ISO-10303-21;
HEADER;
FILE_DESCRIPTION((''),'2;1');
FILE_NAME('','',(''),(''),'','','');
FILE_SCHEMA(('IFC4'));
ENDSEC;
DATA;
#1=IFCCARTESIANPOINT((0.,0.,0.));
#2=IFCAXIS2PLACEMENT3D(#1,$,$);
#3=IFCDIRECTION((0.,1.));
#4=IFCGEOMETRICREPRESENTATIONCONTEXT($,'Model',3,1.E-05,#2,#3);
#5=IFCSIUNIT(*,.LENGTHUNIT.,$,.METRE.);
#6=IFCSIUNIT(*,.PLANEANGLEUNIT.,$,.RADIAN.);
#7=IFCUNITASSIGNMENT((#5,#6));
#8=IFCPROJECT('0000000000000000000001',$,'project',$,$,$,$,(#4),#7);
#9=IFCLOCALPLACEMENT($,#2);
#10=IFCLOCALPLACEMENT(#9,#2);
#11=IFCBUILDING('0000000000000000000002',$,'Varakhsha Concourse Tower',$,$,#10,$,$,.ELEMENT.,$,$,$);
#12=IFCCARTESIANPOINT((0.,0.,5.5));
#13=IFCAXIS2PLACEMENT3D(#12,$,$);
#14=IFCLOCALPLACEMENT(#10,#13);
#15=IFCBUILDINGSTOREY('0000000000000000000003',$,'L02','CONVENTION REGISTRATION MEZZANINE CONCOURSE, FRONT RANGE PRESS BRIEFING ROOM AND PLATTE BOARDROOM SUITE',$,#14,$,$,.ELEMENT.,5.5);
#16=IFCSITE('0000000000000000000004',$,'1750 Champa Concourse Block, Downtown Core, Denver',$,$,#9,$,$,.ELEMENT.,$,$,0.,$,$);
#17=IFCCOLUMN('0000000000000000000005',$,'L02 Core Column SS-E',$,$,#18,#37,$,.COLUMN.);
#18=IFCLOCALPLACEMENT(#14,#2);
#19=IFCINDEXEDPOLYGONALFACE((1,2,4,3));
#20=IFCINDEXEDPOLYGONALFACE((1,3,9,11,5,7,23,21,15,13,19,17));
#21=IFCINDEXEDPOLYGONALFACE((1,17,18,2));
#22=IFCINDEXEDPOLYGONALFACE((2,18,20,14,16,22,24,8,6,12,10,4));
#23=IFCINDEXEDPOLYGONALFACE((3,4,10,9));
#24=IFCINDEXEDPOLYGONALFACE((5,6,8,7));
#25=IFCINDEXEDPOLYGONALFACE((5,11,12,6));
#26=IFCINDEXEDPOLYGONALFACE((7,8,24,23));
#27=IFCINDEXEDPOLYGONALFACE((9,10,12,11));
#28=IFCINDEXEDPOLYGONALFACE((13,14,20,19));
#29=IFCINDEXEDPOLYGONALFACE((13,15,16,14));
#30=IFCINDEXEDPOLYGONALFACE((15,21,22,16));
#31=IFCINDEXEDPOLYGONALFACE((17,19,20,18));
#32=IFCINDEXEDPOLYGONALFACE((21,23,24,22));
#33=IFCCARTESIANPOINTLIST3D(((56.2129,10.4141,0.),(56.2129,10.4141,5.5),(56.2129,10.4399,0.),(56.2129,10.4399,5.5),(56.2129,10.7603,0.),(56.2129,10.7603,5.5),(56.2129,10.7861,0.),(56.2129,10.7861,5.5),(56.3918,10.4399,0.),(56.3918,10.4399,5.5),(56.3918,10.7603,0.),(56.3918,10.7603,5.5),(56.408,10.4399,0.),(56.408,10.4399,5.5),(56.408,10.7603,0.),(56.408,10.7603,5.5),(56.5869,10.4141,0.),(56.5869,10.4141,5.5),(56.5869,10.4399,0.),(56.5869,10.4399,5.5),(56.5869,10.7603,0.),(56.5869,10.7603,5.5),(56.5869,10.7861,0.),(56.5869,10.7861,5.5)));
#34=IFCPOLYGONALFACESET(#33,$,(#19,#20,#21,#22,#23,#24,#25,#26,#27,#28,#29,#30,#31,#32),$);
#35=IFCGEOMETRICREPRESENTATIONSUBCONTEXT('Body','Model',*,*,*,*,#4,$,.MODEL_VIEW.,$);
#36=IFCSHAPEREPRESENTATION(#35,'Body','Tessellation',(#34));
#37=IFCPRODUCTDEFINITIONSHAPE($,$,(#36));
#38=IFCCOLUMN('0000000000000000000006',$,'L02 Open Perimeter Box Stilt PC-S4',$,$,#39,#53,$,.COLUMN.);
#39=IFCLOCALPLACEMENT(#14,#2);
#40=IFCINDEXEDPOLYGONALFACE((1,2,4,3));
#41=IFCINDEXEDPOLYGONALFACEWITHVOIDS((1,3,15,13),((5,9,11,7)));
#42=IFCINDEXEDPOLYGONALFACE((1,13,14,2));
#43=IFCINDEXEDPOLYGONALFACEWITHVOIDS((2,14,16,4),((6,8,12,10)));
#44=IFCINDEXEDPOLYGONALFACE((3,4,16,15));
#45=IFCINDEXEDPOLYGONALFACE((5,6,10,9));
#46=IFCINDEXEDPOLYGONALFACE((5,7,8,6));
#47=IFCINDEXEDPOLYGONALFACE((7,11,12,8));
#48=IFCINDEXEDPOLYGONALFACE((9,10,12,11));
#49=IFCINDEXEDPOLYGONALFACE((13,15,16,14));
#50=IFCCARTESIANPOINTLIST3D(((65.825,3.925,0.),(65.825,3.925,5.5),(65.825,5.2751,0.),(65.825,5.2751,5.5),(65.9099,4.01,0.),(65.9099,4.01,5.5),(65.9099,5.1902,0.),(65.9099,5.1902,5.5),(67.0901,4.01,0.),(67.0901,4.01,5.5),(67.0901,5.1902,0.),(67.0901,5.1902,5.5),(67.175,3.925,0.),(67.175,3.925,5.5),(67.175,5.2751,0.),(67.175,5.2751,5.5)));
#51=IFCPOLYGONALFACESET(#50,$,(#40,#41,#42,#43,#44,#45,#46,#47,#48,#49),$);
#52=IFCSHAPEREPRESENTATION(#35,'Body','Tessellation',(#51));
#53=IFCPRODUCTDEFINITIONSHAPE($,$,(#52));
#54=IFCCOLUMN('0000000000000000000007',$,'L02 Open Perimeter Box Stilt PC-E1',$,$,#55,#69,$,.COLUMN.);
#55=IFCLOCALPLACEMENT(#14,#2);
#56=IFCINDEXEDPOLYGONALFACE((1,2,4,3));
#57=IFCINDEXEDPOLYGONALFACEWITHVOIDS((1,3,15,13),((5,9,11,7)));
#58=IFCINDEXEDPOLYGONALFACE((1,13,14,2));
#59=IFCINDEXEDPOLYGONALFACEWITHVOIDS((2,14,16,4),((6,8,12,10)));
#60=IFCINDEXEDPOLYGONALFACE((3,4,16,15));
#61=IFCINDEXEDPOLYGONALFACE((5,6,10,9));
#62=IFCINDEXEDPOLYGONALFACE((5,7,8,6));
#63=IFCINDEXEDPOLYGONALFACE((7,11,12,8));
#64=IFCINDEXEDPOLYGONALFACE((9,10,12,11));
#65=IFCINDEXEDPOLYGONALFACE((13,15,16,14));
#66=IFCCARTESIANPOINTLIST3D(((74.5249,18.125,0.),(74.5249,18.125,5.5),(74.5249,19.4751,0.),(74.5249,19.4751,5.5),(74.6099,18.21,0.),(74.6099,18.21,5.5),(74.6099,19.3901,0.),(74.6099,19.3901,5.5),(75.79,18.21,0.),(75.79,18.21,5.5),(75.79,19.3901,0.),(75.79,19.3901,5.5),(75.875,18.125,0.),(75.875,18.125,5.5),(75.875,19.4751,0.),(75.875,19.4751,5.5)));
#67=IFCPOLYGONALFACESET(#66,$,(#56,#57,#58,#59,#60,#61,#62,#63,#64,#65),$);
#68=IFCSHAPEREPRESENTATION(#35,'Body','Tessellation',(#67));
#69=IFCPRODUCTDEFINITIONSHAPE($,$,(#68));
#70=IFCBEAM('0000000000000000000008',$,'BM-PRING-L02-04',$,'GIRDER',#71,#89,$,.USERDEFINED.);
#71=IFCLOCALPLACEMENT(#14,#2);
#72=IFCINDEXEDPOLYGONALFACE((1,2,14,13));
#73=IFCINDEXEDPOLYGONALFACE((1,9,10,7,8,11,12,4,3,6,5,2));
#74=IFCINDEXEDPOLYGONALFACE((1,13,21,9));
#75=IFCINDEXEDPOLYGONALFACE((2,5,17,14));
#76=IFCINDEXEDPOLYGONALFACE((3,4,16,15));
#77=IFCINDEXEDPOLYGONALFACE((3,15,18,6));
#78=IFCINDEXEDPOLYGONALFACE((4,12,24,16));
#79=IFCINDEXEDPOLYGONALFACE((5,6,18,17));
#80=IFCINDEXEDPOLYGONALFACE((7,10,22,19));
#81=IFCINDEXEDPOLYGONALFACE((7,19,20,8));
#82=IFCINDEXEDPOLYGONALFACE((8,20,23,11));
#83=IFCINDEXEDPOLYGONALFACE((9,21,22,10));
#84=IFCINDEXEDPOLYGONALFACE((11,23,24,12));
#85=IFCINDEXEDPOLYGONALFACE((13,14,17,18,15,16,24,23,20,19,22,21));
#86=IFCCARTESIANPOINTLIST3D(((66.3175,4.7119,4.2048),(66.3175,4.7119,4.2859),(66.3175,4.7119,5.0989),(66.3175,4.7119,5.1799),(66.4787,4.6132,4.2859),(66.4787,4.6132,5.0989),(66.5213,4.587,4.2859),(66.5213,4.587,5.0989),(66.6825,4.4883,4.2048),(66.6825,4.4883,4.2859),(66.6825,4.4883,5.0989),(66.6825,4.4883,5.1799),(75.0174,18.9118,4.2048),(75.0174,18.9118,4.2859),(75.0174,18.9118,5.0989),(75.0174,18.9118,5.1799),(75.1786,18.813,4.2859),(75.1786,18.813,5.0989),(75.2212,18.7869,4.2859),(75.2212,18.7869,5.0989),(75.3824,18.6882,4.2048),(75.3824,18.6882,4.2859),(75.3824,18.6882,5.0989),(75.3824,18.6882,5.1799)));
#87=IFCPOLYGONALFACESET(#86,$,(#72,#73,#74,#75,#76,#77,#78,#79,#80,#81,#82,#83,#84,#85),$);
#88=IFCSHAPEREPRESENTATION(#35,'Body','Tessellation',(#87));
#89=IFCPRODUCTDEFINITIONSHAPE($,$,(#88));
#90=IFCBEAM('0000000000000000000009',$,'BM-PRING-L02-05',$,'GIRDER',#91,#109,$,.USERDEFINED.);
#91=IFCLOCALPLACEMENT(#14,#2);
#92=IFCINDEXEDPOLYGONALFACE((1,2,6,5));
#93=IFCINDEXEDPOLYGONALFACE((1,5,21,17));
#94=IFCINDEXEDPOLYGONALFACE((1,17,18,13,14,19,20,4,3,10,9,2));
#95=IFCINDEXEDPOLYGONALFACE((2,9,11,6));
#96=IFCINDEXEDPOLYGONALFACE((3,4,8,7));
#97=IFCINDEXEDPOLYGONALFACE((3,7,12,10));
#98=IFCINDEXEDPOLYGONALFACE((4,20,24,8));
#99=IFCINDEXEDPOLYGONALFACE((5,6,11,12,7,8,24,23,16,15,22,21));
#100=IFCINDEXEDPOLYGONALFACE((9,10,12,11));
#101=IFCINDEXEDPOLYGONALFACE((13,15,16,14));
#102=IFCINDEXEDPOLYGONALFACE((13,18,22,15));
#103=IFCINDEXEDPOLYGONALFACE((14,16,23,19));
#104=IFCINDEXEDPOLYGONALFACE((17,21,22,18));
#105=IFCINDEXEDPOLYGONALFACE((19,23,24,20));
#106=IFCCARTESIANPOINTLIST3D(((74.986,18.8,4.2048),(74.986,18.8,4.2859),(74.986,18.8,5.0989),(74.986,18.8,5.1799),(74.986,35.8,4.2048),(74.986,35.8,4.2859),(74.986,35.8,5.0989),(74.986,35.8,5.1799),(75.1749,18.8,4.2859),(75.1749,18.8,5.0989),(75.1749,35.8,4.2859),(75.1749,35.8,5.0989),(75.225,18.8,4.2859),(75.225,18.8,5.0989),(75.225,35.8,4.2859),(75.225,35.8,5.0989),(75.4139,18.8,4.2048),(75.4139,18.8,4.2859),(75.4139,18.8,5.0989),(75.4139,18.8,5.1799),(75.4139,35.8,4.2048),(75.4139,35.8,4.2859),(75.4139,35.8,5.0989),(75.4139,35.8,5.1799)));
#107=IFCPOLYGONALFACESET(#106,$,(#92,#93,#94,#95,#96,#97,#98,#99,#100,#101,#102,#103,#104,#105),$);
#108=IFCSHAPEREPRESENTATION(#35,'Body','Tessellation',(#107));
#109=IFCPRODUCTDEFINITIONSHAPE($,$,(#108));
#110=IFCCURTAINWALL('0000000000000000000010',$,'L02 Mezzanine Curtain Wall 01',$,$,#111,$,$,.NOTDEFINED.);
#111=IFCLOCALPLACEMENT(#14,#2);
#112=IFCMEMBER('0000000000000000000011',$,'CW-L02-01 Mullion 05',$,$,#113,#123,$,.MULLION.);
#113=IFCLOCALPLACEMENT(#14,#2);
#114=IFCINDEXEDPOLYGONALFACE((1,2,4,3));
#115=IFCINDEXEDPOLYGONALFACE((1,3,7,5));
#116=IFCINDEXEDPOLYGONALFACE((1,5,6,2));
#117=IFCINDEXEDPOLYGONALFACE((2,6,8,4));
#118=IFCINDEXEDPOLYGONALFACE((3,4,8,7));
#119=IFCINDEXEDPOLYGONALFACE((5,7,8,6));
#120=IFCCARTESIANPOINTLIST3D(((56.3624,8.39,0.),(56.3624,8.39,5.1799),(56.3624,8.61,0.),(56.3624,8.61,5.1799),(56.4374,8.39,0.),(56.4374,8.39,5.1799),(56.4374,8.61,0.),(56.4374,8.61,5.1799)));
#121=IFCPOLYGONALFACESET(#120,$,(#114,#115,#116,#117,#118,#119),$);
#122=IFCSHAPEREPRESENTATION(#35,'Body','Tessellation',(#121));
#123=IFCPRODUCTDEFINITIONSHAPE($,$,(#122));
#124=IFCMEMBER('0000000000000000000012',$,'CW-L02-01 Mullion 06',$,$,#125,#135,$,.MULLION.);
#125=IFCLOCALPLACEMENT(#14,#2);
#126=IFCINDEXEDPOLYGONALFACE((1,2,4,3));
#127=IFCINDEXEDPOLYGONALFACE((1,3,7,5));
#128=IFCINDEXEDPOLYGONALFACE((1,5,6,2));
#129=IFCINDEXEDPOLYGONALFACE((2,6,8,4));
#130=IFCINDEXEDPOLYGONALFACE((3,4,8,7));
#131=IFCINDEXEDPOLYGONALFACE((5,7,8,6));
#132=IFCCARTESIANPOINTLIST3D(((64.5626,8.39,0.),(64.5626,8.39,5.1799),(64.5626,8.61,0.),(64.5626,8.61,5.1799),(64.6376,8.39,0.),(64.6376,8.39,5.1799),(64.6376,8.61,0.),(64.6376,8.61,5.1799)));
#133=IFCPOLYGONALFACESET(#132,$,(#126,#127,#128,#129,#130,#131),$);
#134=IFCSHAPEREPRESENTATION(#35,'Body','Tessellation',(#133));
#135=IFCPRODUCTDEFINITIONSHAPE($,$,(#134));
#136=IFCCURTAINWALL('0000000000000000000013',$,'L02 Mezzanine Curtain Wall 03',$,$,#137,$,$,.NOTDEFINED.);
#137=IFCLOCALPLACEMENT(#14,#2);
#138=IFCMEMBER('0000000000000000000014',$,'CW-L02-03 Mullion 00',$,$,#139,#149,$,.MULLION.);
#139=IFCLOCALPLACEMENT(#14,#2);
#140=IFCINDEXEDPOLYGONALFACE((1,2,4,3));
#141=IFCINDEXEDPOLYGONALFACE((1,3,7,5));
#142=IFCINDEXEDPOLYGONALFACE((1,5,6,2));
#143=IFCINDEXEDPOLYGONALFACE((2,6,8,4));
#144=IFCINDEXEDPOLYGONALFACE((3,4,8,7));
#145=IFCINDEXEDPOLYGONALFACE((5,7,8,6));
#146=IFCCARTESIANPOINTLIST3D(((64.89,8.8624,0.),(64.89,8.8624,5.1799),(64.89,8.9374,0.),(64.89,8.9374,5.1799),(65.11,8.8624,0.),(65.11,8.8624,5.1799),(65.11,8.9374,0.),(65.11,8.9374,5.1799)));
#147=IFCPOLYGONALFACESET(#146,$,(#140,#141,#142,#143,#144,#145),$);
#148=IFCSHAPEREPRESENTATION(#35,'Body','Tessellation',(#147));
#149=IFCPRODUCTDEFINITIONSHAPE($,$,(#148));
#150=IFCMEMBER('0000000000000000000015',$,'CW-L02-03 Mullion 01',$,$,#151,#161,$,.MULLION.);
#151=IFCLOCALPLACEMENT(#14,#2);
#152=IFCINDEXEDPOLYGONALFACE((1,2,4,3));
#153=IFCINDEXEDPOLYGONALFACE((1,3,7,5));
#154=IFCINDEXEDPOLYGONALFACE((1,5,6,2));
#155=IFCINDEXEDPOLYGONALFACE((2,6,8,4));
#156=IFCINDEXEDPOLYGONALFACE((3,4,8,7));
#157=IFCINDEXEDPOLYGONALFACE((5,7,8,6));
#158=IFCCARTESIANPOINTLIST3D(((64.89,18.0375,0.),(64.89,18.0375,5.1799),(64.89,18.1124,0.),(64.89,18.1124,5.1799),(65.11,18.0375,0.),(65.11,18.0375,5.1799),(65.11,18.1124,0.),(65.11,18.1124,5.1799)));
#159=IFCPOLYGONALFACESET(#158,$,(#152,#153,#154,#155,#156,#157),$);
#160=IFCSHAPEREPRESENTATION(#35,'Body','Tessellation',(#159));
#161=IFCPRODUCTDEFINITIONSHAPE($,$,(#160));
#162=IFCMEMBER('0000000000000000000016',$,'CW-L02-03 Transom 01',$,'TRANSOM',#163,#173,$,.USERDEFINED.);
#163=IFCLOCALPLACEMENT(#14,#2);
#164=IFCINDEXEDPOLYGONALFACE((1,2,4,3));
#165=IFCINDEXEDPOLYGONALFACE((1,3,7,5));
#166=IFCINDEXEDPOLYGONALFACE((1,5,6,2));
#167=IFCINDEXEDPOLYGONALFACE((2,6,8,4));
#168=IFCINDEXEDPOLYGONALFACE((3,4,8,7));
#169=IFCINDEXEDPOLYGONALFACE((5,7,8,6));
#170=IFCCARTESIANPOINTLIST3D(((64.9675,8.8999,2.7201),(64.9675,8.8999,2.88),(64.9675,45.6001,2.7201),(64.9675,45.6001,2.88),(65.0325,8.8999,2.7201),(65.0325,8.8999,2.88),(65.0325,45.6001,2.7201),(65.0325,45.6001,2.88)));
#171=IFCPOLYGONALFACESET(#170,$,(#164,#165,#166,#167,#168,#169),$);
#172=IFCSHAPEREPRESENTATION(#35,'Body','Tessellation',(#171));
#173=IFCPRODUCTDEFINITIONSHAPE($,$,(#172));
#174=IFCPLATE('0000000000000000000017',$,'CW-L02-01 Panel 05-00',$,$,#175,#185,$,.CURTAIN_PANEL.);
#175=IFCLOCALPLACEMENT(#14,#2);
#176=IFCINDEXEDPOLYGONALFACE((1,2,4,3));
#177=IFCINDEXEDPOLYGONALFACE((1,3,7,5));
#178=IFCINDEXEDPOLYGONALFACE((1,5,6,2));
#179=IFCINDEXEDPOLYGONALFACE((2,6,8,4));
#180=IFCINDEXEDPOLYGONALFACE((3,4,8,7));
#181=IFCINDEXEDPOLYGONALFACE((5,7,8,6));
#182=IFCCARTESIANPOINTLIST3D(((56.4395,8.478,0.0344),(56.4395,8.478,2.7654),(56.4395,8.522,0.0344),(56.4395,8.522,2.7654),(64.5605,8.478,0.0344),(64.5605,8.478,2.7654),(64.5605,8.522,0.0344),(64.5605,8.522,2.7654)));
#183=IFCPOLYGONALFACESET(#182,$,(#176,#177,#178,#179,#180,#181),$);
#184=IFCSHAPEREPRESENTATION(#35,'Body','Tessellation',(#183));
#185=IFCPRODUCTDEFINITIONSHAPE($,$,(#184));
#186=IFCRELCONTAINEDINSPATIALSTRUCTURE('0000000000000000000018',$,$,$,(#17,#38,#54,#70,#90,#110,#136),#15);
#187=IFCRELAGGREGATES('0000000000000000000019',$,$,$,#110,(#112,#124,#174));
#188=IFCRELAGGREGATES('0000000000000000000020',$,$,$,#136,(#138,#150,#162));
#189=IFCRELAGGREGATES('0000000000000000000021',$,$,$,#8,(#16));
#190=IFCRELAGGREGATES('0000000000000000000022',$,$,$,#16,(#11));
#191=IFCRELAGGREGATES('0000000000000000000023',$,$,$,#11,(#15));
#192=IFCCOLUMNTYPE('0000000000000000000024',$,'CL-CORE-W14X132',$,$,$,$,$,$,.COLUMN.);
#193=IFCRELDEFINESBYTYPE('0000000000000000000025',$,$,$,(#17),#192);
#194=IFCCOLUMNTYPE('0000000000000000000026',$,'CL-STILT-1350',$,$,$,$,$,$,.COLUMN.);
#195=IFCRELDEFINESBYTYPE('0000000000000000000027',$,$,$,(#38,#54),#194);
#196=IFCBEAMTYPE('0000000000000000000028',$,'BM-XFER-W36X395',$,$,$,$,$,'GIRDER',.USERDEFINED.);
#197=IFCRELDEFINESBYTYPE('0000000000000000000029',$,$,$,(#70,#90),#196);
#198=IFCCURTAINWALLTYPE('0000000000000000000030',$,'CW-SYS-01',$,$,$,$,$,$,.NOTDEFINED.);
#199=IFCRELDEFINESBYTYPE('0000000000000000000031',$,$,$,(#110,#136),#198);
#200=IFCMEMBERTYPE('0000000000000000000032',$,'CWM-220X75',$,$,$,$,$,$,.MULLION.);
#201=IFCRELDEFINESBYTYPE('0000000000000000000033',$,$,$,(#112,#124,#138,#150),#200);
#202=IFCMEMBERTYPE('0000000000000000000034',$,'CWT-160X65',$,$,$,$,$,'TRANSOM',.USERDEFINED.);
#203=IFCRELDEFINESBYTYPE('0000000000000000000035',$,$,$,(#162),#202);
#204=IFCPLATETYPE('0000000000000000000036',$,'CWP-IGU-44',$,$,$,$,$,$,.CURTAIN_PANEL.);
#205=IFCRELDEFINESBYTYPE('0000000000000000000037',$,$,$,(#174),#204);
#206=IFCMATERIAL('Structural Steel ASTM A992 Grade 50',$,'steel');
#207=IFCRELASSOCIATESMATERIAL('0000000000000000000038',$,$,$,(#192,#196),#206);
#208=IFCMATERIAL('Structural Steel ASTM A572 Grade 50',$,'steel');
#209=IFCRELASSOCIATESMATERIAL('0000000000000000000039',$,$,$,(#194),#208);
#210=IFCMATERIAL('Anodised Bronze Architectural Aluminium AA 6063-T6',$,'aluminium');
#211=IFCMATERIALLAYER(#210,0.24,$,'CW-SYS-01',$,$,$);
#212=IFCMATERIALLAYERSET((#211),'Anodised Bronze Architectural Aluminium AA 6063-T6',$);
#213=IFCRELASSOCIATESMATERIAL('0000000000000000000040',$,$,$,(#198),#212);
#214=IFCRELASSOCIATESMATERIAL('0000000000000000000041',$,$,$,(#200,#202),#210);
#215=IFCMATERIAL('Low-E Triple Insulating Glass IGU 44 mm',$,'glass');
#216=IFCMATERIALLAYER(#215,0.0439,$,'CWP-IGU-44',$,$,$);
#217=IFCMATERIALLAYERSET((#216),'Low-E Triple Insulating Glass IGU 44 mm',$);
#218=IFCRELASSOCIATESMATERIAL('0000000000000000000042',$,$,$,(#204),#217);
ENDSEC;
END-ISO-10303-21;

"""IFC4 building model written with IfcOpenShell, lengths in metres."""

from ifc_helpers import new_model, si_unit, direction, frame, origin, origin_2d, place, context, subcontext, project, spatial, rectangle, hollow_rectangle, i_section, extrude, source, transform, mapped, material, layer, layer_set, material_profile, profile_set, type_object, type_shapes, element, aggregate, save


model = new_model("IFC4")

# Units and contexts
model_context = context("Model", 3, precision=1e-05, world=origin(), true_north=direction((0.0, 1.0)))
body_context = subcontext(model_context, "Body", "Model", "MODEL_VIEW")
ifc_project = project(units=[si_unit("LENGTHUNIT", "METRE"), si_unit("PLANEANGLEUNIT", "RADIAN")], contexts=[model_context])

# Site, building, storey
site_placement = place(None, origin())
site = spatial("IfcSite", under=ifc_project, at=site_placement, Name="1750 Champa Concourse Block, Downtown Core, Denver", CompositionType="ELEMENT", RefElevation=0.0)
building_placement = place(site_placement, origin())
building = spatial("IfcBuilding", under=site, at=building_placement, Name="Varakhsha Concourse Tower", CompositionType="ELEMENT")
storey_placement = place(building_placement, frame((0.0, 0.0, 5.5)))
storey = spatial("IfcBuildingStorey", under=building, at=storey_placement, Name="L02", Description="CONVENTION REGISTRATION MEZZANINE CONCOURSE, FRONT RANGE PRESS BRIEFING ROOM AND PLATTE BOARDROOM SUITE", CompositionType="ELEMENT", Elevation=5.5)

# Columns
ifc_material_1 = material(Name="Structural Steel ASTM A992 Grade 50", Category="steel")
ifc_material_profile_1 = material_profile(ifc_material_1, i_section(OverallWidth=0.374, OverallDepth=0.3721, WebThickness=0.0161, FlangeThickness=0.0259, at=origin_2d()), Name="W14X132")
ifc_profile_set_1 = profile_set([ifc_material_profile_1], Name="Structural Steel ASTM A992 Grade 50")
column_type_1 = type_object("IfcColumnType", Name="CL-CORE-W14X132", PredefinedType="COLUMN", material=ifc_profile_set_1)
column_placement = place(storey_placement, frame((56.3999, 10.6001, 0.0), z_axis=(0.0, 0.0, 1.0), x_axis=(1.0, 0.0, 0.0)))
element("IfcColumn", 1, at=column_placement, inside=storey, type_object=column_type_1, Name="L02 Core Column SS-E", PredefinedType="COLUMN", context=body_context, shape_type="SweptSolid", body=[
    extrude(i_section(OverallWidth=0.374, OverallDepth=0.3721, WebThickness=0.0161, FlangeThickness=0.0259, at=origin_2d()), origin(), (0.0, 0.0, 1.0), 5.5),
])
ifc_material_2 = material(Name="Structural Steel ASTM A572 Grade 50", Category="steel")
ifc_material_profile_2 = material_profile(ifc_material_2, hollow_rectangle(XDim=1.3501, YDim=1.3501, WallThickness=0.085, at=origin_2d()), Name="BOX 1350x1350x85")
ifc_profile_set_2 = profile_set([ifc_material_profile_2], Name="Structural Steel ASTM A572 Grade 50")
column_type_2 = type_object("IfcColumnType", Name="CL-STILT-1350", PredefinedType="COLUMN", material=ifc_profile_set_2)
for number, where, z_axis, x_axis, name in (
    (2, (66.5, 4.6001, 0.0), (0.0, 0.0, 1.0), (1.0, 0.0, 0.0), "L02 Open Perimeter Box Stilt PC-S4"),
    (3, (75.2, 18.8, 0.0), (0.0, 0.0, 1.0), (1.0, 0.0, 0.0), "L02 Open Perimeter Box Stilt PC-E1"),
):
    element("IfcColumn", number, at=place(storey_placement, frame(where, z_axis=z_axis, x_axis=x_axis)), inside=storey, type_object=column_type_2, Name=name, PredefinedType="COLUMN", context=body_context, shape_type="SweptSolid", body=[
        extrude(hollow_rectangle(XDim=1.3501, YDim=1.3501, WallThickness=0.085, at=origin_2d()), origin(), (0.0, 0.0, 1.0), 5.5),
    ])

# Beams
ifc_material_profile_3 = material_profile(ifc_material_1, i_section(OverallWidth=0.428, OverallDepth=0.9751, WebThickness=0.05, FlangeThickness=0.0811, at=origin_2d()), Name="W36X395")
ifc_profile_set_3 = profile_set([ifc_material_profile_3], Name="Structural Steel ASTM A992 Grade 50")
beam_type = type_object("IfcBeamType", Name="BM-XFER-W36X395", ElementType="GIRDER", PredefinedType="USERDEFINED", material=ifc_profile_set_3)
beam_1_placement = place(storey_placement, frame((66.5, 4.6001, 4.6924), z_axis=(0.52242, 0.852688, 0.0), x_axis=(-0.852688, 0.52242, 0.0)))
element("IfcBeam", 4, at=beam_1_placement, inside=storey, type_object=beam_type, Name="BM-PRING-L02-04", ObjectType="GIRDER", PredefinedType="USERDEFINED", context=body_context, shape_type="SweptSolid", body=[
    extrude(i_section(OverallWidth=0.428, OverallDepth=0.9751, WebThickness=0.05, FlangeThickness=0.0811, at=origin_2d()), origin(), (0.0, 0.0, 1.0), 16.6531),
])
beam_2_placement = place(storey_placement, frame((75.2, 18.8, 4.6924), z_axis=(0.0, 1.0, 0.0), x_axis=(-1.0, 0.0, 0.0)))
element("IfcBeam", 5, at=beam_2_placement, inside=storey, type_object=beam_type, Name="BM-PRING-L02-05", ObjectType="GIRDER", PredefinedType="USERDEFINED", context=body_context, shape_type="SweptSolid", body=[
    extrude(i_section(OverallWidth=0.428, OverallDepth=0.9751, WebThickness=0.05, FlangeThickness=0.0811, at=origin_2d()), origin(), (0.0, 0.0, 1.0), 17.0),
])

# Curtain walls, members
ifc_material_3 = material(Name="Anodised Bronze Architectural Aluminium AA 6063-T6", Category="aluminium")
ifc_layer_1 = layer(ifc_material_3, 0.24, Name="CW-SYS-01")
ifc_layer_set_1 = layer_set([ifc_layer_1], Name="Anodised Bronze Architectural Aluminium AA 6063-T6")
curtain_wall_type = type_object("IfcCurtainWallType", Name="CW-SYS-01", PredefinedType="NOTDEFINED", material=ifc_layer_set_1)
curtain_wall_1_placement = place(storey_placement, origin())
curtain_wall_1 = element("IfcCurtainWall", 6, at=curtain_wall_1_placement, inside=storey, type_object=curtain_wall_type, Name="L02 Mezzanine Curtain Wall 01", PredefinedType="NOTDEFINED")
ifc_material_profile_4 = material_profile(ifc_material_3, rectangle(XDim=0.075, YDim=0.22, at=origin_2d()), Name="CWM-220X75")
ifc_profile_set_4 = profile_set([ifc_material_profile_4], Name="Anodised Bronze Architectural Aluminium AA 6063-T6")
member_type_1 = type_object("IfcMemberType", Name="CWM-220X75", PredefinedType="MULLION", material=ifc_profile_set_4)
shared_shape_1 = source(origin(), body_context, "Body", "SweptSolid", [
    extrude(rectangle(XDim=0.075, YDim=0.22, at=origin_2d()), origin(), (0.0, 0.0, 1.0), 5.1799),
])
type_shapes(member_type_1, [shared_shape_1])
member_1_placement = place(storey_placement, frame((56.3999, 8.5, 0.0), z_axis=(0.0, 0.0, 1.0), x_axis=(1.0, 0.0, 0.0)))
member_1 = element("IfcMember", 7, at=member_1_placement, type_object=member_type_1, Name="CW-L02-01 Mullion 05", PredefinedType="MULLION", context=body_context, shape_type="MappedRepresentation", body=[
    mapped(shared_shape_1, transform((0.0, 0.0, 0.0), scale=1.0)),
])
member_2_placement = place(storey_placement, frame((64.6001, 8.5, 0.0), z_axis=(0.0, 0.0, 1.0), x_axis=(1.0, 0.0, 0.0)))
member_2 = element("IfcMember", 8, at=member_2_placement, type_object=member_type_1, Name="CW-L02-01 Mullion 06", PredefinedType="MULLION", context=body_context, shape_type="MappedRepresentation", body=[
    mapped(shared_shape_1, transform((0.0, 0.0, 0.0), scale=1.0)),
])
curtain_wall_2_placement = place(storey_placement, origin())
curtain_wall_2 = element("IfcCurtainWall", 9, at=curtain_wall_2_placement, inside=storey, type_object=curtain_wall_type, Name="L02 Mezzanine Curtain Wall 03", PredefinedType="NOTDEFINED")
member_3_placement = place(storey_placement, frame((65.0, 8.8999, 0.0), z_axis=(0.0, 0.0, 1.0), x_axis=(0.0, 1.0, 0.0)))
member_3 = element("IfcMember", 10, at=member_3_placement, type_object=member_type_1, Name="CW-L02-03 Mullion 00", PredefinedType="MULLION", context=body_context, shape_type="MappedRepresentation", body=[
    mapped(shared_shape_1, transform((0.0, 0.0, 0.0), scale=1.0)),
])
member_4_placement = place(storey_placement, frame((65.0, 18.075, 0.0), z_axis=(0.0, 0.0, 1.0), x_axis=(0.0, 1.0, 0.0)))
member_4 = element("IfcMember", 11, at=member_4_placement, type_object=member_type_1, Name="CW-L02-03 Mullion 01", PredefinedType="MULLION", context=body_context, shape_type="MappedRepresentation", body=[
    mapped(shared_shape_1, transform((0.0, 0.0, 0.0), scale=1.0)),
])
ifc_material_profile_5 = material_profile(ifc_material_3, rectangle(XDim=0.0649, YDim=0.1599, at=origin_2d()), Name="CWT-160X65")
ifc_profile_set_5 = profile_set([ifc_material_profile_5], Name="Anodised Bronze Architectural Aluminium AA 6063-T6")
member_type_2 = type_object("IfcMemberType", Name="CWT-160X65", ElementType="TRANSOM", PredefinedType="USERDEFINED", material=ifc_profile_set_5)
shared_shape_2 = source(origin(), body_context, "Body", "SweptSolid", [
    extrude(rectangle(XDim=0.0649, YDim=0.1599, at=origin_2d()), origin(), (0.0, 0.0, 1.0), 36.7002),
])
type_shapes(member_type_2, [shared_shape_2])
member_5_placement = place(storey_placement, frame((65.0, 8.8999, 2.8), z_axis=(0.0, 1.0, 0.0), x_axis=(-1.0, 0.0, 0.0)))
member_5 = element("IfcMember", 12, at=member_5_placement, type_object=member_type_2, Name="CW-L02-03 Transom 01", ObjectType="TRANSOM", PredefinedType="USERDEFINED", context=body_context, shape_type="MappedRepresentation", body=[
    mapped(shared_shape_2, transform((0.0, 0.0, 0.0), scale=1.0)),
])

# Plate
ifc_material_4 = material(Name="Low-E Triple Insulating Glass IGU 44 mm", Category="glass")
ifc_layer_2 = layer(ifc_material_4, 0.0439, Name="CWP-IGU-44")
ifc_layer_set_2 = layer_set([ifc_layer_2], Name="Low-E Triple Insulating Glass IGU 44 mm")
plate_type_1 = type_object("IfcPlateType", Name="CWP-IGU-44", PredefinedType="CURTAIN_PANEL", material=ifc_layer_set_2)
shared_shape_3 = source(origin(), body_context, "Body", "SweptSolid", [
    extrude(rectangle(XDim=8.1211, YDim=0.0439, at=origin_2d()), origin(), (0.0, 0.0, 1.0), 2.731),
])
plate_1_placement = place(storey_placement, frame((60.5, 8.5, 0.0344), z_axis=(0.0, 0.0, 1.0), x_axis=(1.0, 0.0, 0.0)))
plate_1 = element("IfcPlate", 13, at=plate_1_placement, type_object=plate_type_1, Name="CW-L02-01 Panel 05-00", PredefinedType="CURTAIN_PANEL", context=body_context, shape_type="MappedRepresentation", body=[
    mapped(shared_shape_3, transform((0.0, 0.0, 0.0), scale=1.0)),
])
aggregate(curtain_wall_1, [member_1, member_2, plate_1])
aggregate(curtain_wall_2, [member_3, member_4, member_5])

save(model, "model.ifc")
